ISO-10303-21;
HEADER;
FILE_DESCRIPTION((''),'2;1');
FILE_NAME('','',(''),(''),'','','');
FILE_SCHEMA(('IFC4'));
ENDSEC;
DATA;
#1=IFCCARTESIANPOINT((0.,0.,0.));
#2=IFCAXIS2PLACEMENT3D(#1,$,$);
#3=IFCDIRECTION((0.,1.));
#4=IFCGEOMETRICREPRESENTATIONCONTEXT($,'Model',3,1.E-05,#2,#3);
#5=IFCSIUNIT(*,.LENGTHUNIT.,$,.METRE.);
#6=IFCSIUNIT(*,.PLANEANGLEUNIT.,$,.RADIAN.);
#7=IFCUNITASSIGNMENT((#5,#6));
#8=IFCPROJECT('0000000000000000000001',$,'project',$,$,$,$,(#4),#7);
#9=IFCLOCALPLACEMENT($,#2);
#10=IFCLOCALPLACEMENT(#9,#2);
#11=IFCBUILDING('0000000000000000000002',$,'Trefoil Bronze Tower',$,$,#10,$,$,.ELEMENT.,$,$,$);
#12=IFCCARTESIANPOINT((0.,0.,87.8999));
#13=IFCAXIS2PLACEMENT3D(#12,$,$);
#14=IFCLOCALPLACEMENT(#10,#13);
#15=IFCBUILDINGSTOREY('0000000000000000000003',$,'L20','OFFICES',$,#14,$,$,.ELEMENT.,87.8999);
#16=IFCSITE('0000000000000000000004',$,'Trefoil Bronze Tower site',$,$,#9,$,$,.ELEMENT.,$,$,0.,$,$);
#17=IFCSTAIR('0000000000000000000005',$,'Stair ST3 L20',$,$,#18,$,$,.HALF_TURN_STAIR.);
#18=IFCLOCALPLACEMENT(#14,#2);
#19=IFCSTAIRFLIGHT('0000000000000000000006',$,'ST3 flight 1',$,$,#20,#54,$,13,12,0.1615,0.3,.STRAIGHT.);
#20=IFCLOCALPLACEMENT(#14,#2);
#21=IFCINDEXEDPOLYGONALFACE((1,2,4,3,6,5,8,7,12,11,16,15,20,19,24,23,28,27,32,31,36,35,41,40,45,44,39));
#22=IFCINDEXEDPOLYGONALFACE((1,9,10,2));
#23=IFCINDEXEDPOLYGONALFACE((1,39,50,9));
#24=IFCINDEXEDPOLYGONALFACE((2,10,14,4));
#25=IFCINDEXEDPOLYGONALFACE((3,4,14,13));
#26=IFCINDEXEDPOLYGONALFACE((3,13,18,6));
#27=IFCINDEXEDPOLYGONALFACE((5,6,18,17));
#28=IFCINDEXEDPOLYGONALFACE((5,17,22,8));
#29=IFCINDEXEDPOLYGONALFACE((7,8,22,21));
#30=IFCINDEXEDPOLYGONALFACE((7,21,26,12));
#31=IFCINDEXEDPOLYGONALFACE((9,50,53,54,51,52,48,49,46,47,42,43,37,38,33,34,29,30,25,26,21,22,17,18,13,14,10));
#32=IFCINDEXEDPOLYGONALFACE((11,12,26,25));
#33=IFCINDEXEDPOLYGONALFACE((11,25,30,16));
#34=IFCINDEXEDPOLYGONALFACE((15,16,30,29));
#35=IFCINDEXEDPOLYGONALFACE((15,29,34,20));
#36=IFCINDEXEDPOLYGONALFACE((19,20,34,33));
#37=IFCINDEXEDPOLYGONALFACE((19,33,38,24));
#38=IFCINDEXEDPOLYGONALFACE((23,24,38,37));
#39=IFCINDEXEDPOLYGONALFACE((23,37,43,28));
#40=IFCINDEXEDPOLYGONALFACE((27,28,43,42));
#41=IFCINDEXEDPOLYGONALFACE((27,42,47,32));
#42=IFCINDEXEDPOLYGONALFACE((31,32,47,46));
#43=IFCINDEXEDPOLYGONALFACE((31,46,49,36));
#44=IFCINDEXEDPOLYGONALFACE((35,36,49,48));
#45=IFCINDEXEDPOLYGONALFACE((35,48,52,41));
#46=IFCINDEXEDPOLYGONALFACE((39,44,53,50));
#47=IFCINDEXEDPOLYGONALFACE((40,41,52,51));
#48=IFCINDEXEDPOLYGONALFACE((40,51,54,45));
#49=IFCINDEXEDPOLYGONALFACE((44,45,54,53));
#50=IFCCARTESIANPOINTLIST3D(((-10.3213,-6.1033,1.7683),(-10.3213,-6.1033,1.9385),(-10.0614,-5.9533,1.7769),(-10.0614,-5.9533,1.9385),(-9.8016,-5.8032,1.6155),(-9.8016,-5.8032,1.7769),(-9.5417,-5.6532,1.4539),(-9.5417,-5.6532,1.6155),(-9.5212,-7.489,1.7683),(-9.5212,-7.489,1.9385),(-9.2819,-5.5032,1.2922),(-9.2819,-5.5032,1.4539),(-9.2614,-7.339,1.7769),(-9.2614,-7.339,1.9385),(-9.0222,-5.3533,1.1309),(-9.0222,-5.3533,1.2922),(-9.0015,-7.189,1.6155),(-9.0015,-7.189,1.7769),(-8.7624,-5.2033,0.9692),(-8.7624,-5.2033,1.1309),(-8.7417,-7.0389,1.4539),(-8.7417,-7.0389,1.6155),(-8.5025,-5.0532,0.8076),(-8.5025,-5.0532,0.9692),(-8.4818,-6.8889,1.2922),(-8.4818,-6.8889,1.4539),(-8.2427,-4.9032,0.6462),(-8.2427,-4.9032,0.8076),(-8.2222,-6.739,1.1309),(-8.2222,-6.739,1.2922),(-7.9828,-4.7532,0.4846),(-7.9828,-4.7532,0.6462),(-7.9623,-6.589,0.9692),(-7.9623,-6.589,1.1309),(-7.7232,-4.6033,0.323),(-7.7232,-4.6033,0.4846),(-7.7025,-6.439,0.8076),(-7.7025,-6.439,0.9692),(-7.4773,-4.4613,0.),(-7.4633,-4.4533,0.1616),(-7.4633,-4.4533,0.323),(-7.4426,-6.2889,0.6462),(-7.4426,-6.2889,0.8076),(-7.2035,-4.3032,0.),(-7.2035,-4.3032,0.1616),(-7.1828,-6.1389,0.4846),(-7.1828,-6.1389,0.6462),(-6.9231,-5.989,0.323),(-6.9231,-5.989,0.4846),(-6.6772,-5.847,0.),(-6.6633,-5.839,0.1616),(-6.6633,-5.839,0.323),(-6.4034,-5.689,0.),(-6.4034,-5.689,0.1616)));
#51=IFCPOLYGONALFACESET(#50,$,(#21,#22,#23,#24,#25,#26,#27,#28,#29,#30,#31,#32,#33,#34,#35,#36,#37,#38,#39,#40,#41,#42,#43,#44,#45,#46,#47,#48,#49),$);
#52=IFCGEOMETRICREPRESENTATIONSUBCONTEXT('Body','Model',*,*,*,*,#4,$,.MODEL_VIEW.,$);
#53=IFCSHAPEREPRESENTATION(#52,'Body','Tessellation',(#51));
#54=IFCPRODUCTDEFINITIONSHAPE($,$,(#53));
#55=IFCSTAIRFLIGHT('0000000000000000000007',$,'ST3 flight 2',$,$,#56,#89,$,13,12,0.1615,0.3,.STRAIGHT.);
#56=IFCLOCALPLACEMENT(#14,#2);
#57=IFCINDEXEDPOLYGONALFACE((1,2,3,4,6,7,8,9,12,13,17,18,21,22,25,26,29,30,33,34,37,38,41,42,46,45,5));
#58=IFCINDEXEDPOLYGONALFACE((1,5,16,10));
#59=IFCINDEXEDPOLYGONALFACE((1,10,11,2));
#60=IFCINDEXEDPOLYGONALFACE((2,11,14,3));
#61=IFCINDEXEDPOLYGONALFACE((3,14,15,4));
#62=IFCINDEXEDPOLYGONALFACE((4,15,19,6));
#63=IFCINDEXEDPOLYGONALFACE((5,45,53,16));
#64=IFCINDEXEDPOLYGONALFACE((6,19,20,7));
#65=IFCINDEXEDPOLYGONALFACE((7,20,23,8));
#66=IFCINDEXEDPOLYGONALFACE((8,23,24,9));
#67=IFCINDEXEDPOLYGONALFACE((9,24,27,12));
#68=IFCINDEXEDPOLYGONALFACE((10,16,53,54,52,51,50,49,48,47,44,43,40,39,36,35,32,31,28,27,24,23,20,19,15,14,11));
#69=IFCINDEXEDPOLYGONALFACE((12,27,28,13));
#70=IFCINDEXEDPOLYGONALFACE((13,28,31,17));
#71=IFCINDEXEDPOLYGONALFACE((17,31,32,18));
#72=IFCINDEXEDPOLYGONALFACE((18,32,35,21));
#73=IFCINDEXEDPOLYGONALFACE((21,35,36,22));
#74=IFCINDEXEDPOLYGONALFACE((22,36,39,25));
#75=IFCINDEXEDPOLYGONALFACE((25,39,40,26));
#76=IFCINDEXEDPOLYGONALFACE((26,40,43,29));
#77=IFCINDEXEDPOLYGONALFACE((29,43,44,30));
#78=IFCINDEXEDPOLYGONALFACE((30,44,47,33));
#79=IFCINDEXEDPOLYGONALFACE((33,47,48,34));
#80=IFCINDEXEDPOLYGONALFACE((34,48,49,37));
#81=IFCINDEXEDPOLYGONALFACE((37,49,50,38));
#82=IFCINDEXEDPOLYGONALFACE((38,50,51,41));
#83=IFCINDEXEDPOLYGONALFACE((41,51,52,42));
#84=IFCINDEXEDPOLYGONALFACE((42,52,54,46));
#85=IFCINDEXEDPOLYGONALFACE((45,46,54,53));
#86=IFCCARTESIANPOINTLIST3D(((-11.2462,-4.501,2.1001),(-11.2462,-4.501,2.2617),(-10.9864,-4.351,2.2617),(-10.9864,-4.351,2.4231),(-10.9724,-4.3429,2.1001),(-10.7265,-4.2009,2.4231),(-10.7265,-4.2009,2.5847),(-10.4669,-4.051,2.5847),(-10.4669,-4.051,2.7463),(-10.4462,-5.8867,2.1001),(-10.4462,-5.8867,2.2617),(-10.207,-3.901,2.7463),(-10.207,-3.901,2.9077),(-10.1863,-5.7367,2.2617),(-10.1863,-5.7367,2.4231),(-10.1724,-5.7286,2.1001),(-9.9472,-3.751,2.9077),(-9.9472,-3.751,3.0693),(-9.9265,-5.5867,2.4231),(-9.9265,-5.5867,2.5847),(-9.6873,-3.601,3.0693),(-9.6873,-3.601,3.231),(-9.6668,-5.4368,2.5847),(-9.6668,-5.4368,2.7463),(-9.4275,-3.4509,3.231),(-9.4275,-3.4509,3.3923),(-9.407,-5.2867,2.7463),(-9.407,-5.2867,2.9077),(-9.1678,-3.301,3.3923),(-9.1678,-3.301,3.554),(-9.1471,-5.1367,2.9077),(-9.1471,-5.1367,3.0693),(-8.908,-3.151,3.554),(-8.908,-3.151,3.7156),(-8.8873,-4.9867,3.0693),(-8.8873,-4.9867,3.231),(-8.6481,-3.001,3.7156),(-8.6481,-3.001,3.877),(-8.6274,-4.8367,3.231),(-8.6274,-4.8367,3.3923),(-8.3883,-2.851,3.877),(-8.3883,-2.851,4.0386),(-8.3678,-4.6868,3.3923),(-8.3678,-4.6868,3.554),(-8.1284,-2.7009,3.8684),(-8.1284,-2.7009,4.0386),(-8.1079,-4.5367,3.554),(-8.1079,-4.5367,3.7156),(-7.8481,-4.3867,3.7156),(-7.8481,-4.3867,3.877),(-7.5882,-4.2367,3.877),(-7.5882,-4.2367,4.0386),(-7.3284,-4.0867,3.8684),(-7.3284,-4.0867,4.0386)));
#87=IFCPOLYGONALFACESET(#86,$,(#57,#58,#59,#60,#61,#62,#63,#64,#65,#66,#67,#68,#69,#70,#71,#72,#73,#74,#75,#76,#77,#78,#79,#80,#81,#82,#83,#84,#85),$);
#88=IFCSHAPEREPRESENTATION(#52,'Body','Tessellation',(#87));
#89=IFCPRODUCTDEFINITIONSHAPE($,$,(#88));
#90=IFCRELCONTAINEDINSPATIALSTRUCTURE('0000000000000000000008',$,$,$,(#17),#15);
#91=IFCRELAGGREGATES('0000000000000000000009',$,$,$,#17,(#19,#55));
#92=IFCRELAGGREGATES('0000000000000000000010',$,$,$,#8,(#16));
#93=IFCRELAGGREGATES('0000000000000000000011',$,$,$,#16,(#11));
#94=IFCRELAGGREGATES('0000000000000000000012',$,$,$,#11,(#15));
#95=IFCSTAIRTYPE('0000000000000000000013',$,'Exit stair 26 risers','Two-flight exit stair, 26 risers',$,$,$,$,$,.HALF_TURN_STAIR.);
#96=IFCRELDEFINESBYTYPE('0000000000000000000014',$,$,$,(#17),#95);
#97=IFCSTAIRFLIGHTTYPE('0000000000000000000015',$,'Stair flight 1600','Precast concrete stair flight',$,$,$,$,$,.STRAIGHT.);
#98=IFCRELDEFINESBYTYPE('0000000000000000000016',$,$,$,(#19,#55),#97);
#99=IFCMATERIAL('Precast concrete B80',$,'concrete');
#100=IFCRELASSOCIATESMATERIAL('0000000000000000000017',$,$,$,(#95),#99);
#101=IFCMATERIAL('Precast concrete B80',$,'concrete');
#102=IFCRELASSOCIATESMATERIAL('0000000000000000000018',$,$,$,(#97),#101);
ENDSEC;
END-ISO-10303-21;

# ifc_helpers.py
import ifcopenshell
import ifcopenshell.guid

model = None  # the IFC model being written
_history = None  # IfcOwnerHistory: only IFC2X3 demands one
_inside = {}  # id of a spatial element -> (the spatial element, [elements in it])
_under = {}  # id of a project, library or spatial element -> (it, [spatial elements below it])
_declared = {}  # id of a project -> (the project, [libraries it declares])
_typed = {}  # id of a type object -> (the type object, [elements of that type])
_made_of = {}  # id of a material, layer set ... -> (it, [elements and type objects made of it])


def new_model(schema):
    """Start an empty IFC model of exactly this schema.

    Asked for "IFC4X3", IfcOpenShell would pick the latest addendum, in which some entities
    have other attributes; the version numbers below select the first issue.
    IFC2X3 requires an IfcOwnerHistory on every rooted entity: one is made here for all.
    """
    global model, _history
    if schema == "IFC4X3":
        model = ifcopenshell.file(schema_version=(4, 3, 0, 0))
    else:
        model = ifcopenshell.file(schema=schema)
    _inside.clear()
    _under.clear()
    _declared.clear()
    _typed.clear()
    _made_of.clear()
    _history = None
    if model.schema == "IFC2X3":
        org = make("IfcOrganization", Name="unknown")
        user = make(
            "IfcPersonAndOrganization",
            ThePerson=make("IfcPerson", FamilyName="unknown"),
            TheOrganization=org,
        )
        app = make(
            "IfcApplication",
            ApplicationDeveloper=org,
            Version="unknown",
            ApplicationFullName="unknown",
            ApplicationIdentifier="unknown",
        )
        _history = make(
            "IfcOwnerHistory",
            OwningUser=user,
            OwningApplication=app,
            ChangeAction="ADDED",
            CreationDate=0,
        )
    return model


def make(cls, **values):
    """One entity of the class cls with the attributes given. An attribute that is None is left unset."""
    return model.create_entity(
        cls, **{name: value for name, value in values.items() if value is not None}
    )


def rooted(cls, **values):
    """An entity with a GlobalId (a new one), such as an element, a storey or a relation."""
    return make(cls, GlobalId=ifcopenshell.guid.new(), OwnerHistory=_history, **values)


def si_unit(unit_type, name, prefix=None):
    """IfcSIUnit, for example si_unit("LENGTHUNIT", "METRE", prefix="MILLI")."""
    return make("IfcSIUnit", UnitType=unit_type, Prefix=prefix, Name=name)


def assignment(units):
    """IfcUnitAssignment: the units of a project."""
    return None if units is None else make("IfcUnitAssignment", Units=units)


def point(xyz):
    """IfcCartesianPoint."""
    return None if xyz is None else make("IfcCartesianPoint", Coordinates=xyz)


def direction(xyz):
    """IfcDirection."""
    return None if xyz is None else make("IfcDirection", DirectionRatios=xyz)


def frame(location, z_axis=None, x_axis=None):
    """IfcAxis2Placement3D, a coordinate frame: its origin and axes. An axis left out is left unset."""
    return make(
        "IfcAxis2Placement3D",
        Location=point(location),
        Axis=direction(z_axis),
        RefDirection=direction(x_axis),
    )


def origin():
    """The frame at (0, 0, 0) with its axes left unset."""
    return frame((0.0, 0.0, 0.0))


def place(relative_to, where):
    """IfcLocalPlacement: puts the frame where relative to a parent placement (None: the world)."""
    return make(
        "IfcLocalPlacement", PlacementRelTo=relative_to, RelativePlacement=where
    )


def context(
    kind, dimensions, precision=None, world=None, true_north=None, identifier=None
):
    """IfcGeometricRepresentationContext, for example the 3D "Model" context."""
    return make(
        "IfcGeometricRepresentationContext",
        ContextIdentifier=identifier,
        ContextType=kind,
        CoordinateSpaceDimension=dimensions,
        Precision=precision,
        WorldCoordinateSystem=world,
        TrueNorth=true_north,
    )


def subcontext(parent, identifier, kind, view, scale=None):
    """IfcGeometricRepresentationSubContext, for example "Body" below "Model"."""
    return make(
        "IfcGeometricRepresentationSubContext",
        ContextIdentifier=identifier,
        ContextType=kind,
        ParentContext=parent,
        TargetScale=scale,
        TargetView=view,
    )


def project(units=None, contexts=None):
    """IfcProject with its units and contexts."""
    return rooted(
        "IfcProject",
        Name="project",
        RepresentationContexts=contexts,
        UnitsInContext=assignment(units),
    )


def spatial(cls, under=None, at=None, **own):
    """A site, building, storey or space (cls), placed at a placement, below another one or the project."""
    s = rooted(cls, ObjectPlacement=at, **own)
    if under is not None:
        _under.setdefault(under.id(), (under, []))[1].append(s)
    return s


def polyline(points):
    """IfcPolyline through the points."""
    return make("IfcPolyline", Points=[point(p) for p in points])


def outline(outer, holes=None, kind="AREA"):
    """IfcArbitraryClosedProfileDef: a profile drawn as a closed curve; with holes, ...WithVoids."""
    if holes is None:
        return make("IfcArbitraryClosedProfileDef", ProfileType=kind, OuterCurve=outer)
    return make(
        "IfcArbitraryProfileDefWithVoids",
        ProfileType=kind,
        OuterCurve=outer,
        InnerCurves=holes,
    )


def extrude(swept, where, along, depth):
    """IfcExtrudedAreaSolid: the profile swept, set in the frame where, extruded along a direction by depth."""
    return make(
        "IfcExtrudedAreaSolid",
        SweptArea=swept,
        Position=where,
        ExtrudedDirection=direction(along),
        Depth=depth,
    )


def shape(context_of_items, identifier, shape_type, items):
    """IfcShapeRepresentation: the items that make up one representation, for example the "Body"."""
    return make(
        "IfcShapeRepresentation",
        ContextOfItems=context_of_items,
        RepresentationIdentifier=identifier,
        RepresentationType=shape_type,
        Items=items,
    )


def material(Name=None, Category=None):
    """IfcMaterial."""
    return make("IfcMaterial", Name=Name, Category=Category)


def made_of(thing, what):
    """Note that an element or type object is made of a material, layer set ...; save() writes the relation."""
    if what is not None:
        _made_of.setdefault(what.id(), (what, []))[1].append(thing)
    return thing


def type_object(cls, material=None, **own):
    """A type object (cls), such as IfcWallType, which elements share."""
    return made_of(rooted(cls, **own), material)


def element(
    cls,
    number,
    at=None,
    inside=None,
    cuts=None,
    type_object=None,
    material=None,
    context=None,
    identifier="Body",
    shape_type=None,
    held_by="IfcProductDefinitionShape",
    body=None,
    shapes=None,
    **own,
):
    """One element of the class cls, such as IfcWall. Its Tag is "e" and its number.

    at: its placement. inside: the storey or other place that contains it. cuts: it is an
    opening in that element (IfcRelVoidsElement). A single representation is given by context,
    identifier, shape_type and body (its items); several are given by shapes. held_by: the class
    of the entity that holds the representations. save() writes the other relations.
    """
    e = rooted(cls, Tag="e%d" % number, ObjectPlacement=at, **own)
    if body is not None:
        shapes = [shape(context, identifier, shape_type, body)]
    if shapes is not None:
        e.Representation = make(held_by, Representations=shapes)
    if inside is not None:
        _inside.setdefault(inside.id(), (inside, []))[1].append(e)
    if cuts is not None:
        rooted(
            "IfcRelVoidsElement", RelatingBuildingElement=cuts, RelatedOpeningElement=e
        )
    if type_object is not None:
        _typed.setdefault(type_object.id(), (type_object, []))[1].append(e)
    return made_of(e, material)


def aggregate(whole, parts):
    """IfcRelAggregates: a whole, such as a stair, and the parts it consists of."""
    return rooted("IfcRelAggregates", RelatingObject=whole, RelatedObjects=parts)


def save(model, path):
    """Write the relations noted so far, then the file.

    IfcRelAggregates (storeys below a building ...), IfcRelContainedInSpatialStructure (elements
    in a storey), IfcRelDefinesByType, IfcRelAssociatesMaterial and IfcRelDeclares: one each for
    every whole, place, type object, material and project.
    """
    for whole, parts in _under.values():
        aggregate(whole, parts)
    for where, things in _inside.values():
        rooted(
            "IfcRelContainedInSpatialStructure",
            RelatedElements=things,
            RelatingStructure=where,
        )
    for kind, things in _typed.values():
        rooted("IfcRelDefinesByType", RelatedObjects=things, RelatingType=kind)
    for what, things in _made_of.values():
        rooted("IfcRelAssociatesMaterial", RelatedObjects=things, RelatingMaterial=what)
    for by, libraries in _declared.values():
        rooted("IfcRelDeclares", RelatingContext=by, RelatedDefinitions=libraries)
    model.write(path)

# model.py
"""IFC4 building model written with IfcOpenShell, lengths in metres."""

from ifc_helpers import new_model, si_unit, direction, frame, origin, place, context, subcontext, project, spatial, polyline, outline, extrude, material, type_object, element, aggregate, save


model = new_model("IFC4")

# Units and contexts
model_context = context("Model", 3, precision=1e-05, world=origin(), true_north=direction((0.0, 1.0)))
body_context = subcontext(model_context, "Body", "Model", "MODEL_VIEW")
ifc_project = project(units=[si_unit("LENGTHUNIT", "METRE"), si_unit("PLANEANGLEUNIT", "RADIAN")], contexts=[model_context])

# Site, building, storey
site_placement = place(None, origin())
site = spatial("IfcSite", under=ifc_project, at=site_placement, Name="Trefoil Bronze Tower site", CompositionType="ELEMENT", RefElevation=0.0)
building_placement = place(site_placement, origin())
building = spatial("IfcBuilding", under=site, at=building_placement, Name="Trefoil Bronze Tower", CompositionType="ELEMENT")
storey_placement = place(building_placement, frame((0.0, 0.0, 87.8999)))
storey = spatial("IfcBuildingStorey", under=building, at=storey_placement, Name="L20", Description="OFFICES", CompositionType="ELEMENT", Elevation=87.8999)

# Stair, stair flights
ifc_material_1 = material(Name="Precast concrete B80", Category="concrete")
stair_type = type_object("IfcStairType", Name="Exit stair 26 risers", Description="Two-flight exit stair, 26 risers", PredefinedType="HALF_TURN_STAIR", material=ifc_material_1)
stair_placement = place(storey_placement, origin())
stair = element("IfcStair", 1, at=stair_placement, inside=storey, type_object=stair_type, Name="Stair ST3 L20", PredefinedType="HALF_TURN_STAIR")
ifc_material_2 = material(Name="Precast concrete B80", Category="concrete")
stair_flight_type = type_object("IfcStairFlightType", Name="Stair flight 1600", Description="Precast concrete stair flight", PredefinedType="STRAIGHT", material=ifc_material_2)
stair_flight_1_placement = place(storey_placement, frame((-6.8035, -4.9961, 0.0), z_axis=(0.0, 0.0, 1.0), x_axis=(-0.866025, -0.5, 0.0)))
stair_flight_1 = element("IfcStairFlight", 2, at=stair_flight_1_placement, type_object=stair_flight_type, Name="ST3 flight 1", NumberOfRisers=13, NumberOfTreads=12, PredefinedType="STRAIGHT", RiserHeight=0.1615, TreadLength=0.3, context=body_context, shape_type="SweptSolid", body=[
    extrude(outline(polyline([(0.0, 0.0), (0.0, 0.1616), (0.3, 0.1616), (0.3, 0.323), (0.6001, 0.323), (0.6001, 0.4846), (0.8999, 0.4846), (0.8999, 0.6462), (1.2, 0.6462), (1.2, 0.8076), (1.5, 0.8076), (1.5, 0.9692), (1.8, 0.9692), (1.8, 1.1309), (2.1001, 1.1309), (2.1001, 1.2922), (2.3999, 1.2922), (2.3999, 1.4539), (2.7, 1.4539), (2.7, 1.6155), (3.0, 1.6155), (3.0, 1.7769), (3.3, 1.7769), (3.3, 1.9385), (3.6001, 1.9385), (3.6001, 2.1001), (3.6001, 1.7683), (0.3162, 0.0), (0.0, 0.0)])), frame((0.0, 0.8, 0.0), z_axis=(0.0, -1.0, 0.0), x_axis=(1.0, 0.0, 0.0)), (0.0, 0.0, 1.0), 1.6001),
])
stair_flight_2_placement = place(storey_placement, frame((-10.8462, -5.1938, 2.1001), z_axis=(0.0, 0.0, 1.0), x_axis=(0.866025, 0.5, 0.0)))
stair_flight_2 = element("IfcStairFlight", 3, at=stair_flight_2_placement, type_object=stair_flight_type, Name="ST3 flight 2", NumberOfRisers=13, NumberOfTreads=12, PredefinedType="STRAIGHT", RiserHeight=0.1615, TreadLength=0.3, context=body_context, shape_type="SweptSolid", body=[
    extrude(outline(polyline([(0.0, 0.0), (0.0, 0.1616), (0.3, 0.1616), (0.3, 0.323), (0.6001, 0.323), (0.6001, 0.4846), (0.8999, 0.4846), (0.8999, 0.6462), (1.2, 0.6462), (1.2, 0.8076), (1.5, 0.8076), (1.5, 0.9692), (1.8, 0.9692), (1.8, 1.1309), (2.1001, 1.1309), (2.1001, 1.2922), (2.3999, 1.2922), (2.3999, 1.4539), (2.7, 1.4539), (2.7, 1.6155), (3.0, 1.6155), (3.0, 1.7769), (3.3, 1.7769), (3.3, 1.9385), (3.6001, 1.9385), (3.6001, 2.1001), (3.6001, 1.7683), (0.3162, 0.0), (0.0, 0.0)])), frame((0.0, 0.8, 0.0), z_axis=(0.0, -1.0, 0.0), x_axis=(1.0, 0.0, 0.0)), (0.0, 0.0, 1.0), 1.6001),
])
aggregate(stair, [stair_flight_1, stair_flight_2])

save(model, "model.ifc")
